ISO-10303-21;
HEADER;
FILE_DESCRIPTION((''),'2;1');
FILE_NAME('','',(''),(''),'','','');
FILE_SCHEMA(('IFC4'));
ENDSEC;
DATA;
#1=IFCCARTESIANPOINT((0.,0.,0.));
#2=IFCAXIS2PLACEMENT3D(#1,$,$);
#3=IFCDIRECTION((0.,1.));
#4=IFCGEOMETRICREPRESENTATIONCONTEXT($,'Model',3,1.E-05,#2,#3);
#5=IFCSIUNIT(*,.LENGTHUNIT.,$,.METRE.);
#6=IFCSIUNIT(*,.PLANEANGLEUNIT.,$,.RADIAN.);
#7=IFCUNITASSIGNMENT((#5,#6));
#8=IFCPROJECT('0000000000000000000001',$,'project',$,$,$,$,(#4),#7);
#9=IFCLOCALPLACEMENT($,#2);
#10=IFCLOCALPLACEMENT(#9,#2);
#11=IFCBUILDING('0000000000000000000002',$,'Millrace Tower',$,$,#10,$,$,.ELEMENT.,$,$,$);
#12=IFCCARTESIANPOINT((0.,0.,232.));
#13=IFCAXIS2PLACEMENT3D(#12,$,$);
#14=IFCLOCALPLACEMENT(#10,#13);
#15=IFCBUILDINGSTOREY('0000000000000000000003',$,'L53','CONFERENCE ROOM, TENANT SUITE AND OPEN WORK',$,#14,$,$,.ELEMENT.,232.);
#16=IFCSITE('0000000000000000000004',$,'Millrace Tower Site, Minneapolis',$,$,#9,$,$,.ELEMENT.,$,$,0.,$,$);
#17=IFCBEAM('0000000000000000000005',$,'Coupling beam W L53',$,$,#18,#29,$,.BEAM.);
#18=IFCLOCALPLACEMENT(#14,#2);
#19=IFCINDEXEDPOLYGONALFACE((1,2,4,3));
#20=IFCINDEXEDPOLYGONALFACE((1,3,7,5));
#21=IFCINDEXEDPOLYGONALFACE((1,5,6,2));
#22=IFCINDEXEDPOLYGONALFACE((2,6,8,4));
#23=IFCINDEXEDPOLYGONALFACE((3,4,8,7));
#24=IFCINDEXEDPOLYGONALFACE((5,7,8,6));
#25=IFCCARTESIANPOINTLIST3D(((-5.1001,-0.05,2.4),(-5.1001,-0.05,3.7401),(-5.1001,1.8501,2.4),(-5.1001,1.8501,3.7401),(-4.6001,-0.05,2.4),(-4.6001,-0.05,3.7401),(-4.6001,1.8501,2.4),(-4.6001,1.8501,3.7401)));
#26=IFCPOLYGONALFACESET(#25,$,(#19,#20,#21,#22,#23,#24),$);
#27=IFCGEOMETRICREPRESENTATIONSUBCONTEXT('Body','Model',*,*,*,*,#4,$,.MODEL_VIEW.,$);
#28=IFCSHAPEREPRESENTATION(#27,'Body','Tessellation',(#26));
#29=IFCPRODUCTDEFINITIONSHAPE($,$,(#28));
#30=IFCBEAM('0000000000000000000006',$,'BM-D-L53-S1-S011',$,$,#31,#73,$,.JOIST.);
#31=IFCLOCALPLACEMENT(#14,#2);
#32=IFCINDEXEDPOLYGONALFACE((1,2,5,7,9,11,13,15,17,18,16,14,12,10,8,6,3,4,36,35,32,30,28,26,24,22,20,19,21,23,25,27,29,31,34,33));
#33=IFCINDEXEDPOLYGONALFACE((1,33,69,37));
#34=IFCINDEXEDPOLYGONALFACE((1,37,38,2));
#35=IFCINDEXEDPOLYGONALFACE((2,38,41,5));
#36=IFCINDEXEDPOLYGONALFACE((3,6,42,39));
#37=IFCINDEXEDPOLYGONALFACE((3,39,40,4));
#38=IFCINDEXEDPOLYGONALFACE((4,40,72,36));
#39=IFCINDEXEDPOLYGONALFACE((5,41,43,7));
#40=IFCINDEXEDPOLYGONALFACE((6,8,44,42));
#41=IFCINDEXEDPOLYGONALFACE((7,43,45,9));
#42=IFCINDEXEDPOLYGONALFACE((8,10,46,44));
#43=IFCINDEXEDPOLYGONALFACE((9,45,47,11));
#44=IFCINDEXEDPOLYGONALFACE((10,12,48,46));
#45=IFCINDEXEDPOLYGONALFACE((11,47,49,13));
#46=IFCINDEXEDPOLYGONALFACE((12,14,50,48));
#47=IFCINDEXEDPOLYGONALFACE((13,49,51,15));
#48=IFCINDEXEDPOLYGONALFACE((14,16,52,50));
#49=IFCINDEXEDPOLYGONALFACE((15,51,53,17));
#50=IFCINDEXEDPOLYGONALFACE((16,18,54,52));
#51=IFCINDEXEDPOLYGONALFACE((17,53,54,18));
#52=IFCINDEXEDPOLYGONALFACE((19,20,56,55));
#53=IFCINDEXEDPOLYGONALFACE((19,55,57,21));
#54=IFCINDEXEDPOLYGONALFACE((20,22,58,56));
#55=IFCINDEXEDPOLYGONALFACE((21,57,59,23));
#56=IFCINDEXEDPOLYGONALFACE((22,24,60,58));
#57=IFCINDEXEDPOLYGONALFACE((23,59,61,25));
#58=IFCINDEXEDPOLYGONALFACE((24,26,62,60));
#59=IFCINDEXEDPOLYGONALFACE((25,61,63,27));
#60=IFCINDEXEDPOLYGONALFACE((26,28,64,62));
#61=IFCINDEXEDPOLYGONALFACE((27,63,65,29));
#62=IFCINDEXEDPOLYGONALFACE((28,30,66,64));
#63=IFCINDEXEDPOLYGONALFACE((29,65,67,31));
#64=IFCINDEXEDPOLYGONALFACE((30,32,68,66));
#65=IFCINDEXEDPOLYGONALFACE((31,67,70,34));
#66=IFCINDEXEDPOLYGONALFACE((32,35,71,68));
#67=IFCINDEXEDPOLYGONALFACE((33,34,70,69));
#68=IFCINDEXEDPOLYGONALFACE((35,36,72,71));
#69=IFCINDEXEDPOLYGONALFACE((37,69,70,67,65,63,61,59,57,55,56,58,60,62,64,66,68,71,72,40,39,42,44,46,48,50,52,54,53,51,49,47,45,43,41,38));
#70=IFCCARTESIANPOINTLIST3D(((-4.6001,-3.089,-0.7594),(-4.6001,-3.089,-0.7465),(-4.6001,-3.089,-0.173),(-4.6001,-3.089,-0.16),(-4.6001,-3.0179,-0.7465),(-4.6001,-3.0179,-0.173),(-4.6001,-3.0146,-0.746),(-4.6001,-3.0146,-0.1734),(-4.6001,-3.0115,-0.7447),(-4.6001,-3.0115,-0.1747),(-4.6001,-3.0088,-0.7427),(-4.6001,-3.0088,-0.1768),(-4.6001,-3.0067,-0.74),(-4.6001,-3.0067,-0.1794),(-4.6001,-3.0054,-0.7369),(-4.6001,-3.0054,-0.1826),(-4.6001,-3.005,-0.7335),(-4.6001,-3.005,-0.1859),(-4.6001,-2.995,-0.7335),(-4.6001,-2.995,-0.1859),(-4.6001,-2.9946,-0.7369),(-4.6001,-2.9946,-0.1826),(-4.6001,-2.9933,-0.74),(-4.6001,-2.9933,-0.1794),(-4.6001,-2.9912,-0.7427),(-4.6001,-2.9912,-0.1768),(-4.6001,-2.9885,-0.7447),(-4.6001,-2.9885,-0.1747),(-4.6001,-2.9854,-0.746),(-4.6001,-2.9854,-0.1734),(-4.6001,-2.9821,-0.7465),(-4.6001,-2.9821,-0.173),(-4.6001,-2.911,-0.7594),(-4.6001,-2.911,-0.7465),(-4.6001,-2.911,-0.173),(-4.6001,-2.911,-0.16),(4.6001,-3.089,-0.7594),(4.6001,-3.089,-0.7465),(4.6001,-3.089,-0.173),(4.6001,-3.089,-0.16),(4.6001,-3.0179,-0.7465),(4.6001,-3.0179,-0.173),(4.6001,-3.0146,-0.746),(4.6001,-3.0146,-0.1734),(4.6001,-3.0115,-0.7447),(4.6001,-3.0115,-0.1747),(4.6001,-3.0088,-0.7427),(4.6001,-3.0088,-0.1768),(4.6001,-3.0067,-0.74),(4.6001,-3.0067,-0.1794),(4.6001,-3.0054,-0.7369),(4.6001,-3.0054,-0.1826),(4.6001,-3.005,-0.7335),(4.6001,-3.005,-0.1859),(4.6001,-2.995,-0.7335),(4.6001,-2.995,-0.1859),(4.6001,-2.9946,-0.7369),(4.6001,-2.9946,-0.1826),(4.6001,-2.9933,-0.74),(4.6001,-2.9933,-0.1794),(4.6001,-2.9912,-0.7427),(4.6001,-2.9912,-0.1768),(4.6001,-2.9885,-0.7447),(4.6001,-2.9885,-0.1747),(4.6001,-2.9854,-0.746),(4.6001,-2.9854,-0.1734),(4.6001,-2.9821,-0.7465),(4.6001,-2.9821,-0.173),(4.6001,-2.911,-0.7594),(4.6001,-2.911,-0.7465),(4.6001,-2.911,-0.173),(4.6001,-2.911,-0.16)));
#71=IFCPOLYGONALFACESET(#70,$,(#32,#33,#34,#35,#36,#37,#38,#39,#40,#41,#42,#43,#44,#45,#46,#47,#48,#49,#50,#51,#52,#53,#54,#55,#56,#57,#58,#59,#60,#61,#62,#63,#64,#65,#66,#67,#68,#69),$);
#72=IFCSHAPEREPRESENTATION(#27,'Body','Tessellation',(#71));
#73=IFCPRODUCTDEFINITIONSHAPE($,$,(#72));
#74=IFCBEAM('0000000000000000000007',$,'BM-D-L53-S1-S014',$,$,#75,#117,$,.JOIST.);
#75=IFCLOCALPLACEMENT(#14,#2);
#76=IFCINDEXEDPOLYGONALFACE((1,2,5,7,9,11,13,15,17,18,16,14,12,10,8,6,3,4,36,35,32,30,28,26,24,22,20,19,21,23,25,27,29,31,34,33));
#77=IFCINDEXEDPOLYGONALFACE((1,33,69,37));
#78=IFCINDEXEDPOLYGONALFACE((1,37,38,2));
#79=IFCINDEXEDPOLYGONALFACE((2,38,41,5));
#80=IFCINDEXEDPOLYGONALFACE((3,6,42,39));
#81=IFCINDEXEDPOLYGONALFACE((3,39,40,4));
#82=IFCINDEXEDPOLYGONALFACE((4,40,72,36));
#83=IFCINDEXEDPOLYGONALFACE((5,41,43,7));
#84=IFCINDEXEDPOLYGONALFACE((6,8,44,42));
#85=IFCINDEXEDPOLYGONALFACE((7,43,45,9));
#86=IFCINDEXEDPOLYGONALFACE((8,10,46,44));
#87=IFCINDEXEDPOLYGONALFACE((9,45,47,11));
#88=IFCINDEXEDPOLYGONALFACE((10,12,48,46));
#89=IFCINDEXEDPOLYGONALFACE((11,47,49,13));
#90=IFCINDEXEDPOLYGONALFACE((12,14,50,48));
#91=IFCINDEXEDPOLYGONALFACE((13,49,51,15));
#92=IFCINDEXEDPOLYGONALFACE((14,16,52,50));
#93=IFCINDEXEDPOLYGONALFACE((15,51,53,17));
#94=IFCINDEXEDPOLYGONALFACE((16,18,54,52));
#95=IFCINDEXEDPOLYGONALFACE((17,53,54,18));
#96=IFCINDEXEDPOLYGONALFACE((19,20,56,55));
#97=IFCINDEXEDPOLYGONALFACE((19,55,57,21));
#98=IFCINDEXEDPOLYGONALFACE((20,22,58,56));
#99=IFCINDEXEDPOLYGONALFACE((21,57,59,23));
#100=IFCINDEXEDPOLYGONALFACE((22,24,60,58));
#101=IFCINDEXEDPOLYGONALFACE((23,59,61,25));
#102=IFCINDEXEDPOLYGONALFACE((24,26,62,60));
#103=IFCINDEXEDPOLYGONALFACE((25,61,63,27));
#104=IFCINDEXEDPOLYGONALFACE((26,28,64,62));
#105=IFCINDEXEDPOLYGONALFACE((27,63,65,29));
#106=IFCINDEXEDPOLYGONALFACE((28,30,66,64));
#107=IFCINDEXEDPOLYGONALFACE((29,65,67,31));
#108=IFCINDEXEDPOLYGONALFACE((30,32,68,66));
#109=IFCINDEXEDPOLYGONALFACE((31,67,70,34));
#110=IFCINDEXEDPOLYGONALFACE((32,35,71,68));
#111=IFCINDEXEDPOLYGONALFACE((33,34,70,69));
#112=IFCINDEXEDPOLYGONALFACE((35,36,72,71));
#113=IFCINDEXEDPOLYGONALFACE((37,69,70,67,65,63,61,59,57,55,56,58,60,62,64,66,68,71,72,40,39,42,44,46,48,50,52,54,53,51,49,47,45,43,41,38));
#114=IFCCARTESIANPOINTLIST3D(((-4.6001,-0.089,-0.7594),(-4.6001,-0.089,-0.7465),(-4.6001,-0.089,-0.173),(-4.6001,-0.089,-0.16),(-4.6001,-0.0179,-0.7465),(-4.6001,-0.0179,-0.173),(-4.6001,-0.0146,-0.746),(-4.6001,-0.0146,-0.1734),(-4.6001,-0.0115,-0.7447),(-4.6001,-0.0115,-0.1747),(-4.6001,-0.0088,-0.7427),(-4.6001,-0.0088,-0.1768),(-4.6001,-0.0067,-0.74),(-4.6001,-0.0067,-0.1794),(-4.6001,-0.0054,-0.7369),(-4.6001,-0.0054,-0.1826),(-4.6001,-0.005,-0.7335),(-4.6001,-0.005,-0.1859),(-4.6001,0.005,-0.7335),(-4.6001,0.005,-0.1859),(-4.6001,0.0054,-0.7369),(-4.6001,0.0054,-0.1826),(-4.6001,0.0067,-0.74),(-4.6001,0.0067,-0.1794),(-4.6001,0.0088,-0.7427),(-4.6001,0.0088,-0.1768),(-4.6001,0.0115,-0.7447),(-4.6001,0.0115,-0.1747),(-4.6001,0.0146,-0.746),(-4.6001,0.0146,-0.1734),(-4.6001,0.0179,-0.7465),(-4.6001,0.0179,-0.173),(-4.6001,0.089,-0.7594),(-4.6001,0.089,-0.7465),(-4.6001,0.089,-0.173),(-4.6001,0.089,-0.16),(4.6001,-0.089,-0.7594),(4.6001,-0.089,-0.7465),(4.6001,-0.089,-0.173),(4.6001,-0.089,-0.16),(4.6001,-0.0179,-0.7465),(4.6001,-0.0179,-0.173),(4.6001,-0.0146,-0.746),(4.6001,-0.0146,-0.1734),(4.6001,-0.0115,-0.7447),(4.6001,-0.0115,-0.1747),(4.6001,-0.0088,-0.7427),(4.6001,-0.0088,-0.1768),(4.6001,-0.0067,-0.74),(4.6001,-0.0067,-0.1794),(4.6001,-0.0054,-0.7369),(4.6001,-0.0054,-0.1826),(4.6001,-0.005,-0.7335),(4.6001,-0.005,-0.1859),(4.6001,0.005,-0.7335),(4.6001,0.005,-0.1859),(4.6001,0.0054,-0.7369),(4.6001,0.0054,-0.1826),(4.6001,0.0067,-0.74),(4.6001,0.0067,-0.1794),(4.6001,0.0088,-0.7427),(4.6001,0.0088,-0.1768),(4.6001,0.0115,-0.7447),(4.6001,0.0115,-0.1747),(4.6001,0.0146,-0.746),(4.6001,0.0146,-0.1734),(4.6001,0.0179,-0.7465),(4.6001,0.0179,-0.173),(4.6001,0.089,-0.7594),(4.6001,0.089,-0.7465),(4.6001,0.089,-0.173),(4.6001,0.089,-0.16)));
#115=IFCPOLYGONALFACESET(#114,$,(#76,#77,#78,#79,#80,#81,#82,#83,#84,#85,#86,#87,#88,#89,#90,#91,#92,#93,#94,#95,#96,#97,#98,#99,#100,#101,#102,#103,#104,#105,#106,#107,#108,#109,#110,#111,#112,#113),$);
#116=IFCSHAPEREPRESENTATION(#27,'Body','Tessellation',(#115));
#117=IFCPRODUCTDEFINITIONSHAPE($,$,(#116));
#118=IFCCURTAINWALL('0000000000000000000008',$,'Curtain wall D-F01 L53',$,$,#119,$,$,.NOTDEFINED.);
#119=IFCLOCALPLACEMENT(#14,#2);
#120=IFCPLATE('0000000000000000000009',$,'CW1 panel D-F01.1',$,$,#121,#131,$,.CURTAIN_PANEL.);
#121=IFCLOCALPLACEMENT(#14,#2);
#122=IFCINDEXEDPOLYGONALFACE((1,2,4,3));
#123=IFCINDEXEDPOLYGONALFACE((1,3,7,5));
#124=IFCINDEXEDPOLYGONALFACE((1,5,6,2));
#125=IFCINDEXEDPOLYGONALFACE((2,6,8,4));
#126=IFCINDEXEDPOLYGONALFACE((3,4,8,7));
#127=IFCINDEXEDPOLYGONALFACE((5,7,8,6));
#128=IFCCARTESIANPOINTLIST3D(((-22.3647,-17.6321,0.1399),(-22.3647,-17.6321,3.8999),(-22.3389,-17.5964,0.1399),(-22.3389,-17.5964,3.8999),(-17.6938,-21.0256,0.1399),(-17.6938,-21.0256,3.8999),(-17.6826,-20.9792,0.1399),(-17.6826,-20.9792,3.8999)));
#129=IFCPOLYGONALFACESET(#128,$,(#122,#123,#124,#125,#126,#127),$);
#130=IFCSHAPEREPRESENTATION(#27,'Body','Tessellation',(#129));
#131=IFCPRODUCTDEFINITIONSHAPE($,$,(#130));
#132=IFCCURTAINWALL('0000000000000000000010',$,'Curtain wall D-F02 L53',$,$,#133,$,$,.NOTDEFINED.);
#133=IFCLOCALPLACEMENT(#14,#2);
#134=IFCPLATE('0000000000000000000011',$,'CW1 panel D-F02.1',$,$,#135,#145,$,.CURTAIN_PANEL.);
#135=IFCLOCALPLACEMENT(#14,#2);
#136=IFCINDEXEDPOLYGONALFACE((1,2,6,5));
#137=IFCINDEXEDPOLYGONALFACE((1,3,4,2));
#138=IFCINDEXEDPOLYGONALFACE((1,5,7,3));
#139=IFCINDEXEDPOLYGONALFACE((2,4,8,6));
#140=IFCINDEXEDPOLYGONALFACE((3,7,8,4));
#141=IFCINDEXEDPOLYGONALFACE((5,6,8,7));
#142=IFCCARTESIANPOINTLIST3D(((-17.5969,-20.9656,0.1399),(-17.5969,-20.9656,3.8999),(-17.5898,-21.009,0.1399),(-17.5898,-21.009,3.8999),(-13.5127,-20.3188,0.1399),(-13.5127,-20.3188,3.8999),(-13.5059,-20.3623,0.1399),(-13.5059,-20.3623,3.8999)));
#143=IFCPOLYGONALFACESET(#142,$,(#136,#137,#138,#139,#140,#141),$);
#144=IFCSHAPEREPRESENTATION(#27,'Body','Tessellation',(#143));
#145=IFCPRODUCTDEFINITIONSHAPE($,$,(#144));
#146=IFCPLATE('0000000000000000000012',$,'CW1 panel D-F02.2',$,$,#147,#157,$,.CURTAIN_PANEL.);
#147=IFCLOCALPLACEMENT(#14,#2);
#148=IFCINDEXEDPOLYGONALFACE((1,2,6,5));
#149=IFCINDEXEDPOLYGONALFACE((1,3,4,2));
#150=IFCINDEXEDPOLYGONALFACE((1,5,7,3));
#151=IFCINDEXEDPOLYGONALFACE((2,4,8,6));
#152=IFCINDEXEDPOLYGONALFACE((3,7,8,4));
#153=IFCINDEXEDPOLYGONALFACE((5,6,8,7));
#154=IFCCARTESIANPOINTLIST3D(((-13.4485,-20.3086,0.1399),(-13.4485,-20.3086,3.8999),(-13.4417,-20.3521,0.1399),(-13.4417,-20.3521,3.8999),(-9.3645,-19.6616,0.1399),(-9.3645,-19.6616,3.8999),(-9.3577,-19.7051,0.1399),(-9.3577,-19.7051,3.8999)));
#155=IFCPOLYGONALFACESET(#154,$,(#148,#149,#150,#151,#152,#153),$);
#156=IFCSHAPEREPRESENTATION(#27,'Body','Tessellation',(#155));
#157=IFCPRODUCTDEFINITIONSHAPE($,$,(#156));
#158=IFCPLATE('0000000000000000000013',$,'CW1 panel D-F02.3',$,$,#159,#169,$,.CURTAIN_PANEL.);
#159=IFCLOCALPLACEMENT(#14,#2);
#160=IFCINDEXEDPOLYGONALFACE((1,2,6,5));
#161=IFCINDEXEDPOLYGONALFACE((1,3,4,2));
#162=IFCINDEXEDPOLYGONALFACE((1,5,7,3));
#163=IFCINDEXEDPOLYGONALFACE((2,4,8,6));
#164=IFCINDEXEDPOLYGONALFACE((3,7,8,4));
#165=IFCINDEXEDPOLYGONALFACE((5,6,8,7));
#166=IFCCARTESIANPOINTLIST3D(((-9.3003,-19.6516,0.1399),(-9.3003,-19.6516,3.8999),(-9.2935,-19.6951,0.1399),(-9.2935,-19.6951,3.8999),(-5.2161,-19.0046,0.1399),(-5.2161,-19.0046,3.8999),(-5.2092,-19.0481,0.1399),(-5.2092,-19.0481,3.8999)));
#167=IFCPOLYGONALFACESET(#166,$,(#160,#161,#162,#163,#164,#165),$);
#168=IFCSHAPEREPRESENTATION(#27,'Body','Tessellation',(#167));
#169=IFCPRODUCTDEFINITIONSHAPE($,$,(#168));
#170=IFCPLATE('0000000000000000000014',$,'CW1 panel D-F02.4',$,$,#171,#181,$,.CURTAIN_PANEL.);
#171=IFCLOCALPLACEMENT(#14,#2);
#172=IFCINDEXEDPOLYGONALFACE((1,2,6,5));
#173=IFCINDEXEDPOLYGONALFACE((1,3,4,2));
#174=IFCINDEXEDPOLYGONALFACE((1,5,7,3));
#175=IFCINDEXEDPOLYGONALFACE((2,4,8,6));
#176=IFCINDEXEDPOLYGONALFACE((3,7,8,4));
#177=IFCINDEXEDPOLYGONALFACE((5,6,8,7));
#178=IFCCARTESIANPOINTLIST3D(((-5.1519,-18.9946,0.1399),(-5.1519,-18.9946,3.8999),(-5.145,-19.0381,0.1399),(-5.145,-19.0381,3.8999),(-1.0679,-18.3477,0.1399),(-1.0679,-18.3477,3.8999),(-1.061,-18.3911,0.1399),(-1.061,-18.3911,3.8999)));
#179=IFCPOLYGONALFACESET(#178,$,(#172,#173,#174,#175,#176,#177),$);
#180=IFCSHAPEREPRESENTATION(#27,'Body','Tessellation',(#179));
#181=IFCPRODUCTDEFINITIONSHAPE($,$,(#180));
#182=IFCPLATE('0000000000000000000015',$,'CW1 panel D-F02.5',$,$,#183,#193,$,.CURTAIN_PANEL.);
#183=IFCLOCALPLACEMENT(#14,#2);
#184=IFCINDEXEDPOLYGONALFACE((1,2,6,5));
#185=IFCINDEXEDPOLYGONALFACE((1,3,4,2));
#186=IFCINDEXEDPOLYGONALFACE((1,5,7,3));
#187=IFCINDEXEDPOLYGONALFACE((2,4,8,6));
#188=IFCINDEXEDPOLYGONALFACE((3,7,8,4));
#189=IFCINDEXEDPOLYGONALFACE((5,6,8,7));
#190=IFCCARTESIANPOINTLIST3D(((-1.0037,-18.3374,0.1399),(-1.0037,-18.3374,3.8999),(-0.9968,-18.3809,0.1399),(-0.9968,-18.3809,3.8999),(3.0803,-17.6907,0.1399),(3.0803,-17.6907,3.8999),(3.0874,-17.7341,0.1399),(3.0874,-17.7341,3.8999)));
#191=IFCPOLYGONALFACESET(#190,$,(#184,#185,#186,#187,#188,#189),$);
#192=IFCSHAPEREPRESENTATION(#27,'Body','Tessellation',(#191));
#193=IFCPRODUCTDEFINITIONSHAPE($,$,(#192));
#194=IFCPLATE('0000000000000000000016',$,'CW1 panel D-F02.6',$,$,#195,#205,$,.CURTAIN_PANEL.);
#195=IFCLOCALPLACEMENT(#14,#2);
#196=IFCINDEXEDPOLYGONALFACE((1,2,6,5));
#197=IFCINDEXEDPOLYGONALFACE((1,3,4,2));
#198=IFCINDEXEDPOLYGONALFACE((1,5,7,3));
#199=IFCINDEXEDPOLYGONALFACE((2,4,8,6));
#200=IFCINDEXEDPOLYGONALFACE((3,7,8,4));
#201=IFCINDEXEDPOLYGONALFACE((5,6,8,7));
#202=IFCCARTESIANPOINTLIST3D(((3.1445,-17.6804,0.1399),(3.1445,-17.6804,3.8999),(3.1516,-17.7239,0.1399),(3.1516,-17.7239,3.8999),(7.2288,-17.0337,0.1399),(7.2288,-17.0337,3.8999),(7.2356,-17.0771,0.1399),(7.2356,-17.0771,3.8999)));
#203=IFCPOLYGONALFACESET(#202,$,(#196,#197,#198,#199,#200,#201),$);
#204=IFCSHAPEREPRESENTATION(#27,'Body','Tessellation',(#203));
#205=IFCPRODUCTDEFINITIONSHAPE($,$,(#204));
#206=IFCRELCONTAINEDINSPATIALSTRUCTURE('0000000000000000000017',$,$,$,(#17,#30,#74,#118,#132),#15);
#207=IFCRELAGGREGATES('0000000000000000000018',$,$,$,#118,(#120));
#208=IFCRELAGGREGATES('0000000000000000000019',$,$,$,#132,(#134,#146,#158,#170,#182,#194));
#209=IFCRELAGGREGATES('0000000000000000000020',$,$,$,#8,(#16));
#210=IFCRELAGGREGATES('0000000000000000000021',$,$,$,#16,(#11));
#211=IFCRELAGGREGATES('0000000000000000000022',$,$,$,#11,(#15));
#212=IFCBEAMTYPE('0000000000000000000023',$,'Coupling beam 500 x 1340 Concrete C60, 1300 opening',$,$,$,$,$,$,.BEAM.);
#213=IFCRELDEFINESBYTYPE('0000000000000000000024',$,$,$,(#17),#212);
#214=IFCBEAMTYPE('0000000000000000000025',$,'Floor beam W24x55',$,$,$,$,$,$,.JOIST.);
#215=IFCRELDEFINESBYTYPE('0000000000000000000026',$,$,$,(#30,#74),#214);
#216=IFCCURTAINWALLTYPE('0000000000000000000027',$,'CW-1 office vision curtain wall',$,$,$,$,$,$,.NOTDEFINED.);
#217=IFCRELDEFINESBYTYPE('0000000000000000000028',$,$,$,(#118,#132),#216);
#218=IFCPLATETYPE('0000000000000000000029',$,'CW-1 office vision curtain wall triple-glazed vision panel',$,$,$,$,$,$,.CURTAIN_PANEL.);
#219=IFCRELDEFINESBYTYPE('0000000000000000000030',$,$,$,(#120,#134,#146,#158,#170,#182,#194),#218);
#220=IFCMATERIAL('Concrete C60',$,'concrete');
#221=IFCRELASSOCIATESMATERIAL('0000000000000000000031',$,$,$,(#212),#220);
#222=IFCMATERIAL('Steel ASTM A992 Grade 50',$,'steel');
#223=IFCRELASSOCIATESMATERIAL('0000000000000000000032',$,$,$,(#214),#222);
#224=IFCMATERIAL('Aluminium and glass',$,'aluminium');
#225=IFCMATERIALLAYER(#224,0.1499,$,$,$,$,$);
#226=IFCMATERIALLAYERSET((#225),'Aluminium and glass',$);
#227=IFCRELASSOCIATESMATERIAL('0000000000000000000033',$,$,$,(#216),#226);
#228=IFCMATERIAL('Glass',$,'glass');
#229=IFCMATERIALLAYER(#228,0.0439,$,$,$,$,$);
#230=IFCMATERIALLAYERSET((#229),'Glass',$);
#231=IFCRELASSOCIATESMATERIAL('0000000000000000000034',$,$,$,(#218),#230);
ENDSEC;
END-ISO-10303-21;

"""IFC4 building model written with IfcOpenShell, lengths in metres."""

from ifc_helpers import new_model, si_unit, direction, frame, origin, origin_2d, place, context, subcontext, project, spatial, polyline, rectangle, i_section, outline, extrude, material, layer, layer_set, material_profile, profile_set, type_object, element, aggregate, save


model = new_model("IFC4")

# Units and contexts
model_context = context("Model", 3, precision=1e-05, world=origin(), true_north=direction((0.0, 1.0)))
body_context = subcontext(model_context, "Body", "Model", "MODEL_VIEW")
ifc_project = project(units=[si_unit("LENGTHUNIT", "METRE"), si_unit("PLANEANGLEUNIT", "RADIAN")], contexts=[model_context])

# Site, building, storey
site_placement = place(None, origin())
site = spatial("IfcSite", under=ifc_project, at=site_placement, Name="Millrace Tower Site, Minneapolis", CompositionType="ELEMENT", RefElevation=0.0)
building_placement = place(site_placement, origin())
building = spatial("IfcBuilding", under=site, at=building_placement, Name="Millrace Tower", CompositionType="ELEMENT")
storey_placement = place(building_placement, frame((0.0, 0.0, 232.0)))
storey = spatial("IfcBuildingStorey", under=building, at=storey_placement, Name="L53", Description="CONFERENCE ROOM, TENANT SUITE AND OPEN WORK", CompositionType="ELEMENT", Elevation=232.0)

# Beams
ifc_material_1 = material(Name="Concrete C60", Category="concrete")
ifc_material_profile_1 = material_profile(ifc_material_1, rectangle(XDim=0.5, YDim=1.3401, at=origin_2d()))
ifc_profile_set_1 = profile_set([ifc_material_profile_1], Name="Concrete C60")
beam_type_1 = type_object("IfcBeamType", Name="Coupling beam 500 x 1340 Concrete C60, 1300 opening", PredefinedType="BEAM", material=ifc_profile_set_1)
beam_placement = place(storey_placement, frame((-4.8501, -0.05, 3.0701), z_axis=(0.0, 1.0, 0.0), x_axis=(-1.0, 0.0, 0.0)))
element("IfcBeam", 1, at=beam_placement, inside=storey, type_object=beam_type_1, Name="Coupling beam W L53", PredefinedType="BEAM", context=body_context, shape_type="SweptSolid", body=[
    extrude(rectangle(XDim=0.5, YDim=1.3401, at=origin_2d()), origin(), (0.0, 0.0, 1.0), 1.9001),
])
ifc_material_2 = material(Name="Steel ASTM A992 Grade 50", Category="steel")
ifc_material_profile_2 = material_profile(ifc_material_2, i_section(OverallWidth=0.178, OverallDepth=0.5994, WebThickness=0.01, FlangeThickness=0.0129, FilletRadius=0.0129, at=origin_2d()))
ifc_profile_set_2 = profile_set([ifc_material_profile_2], Name="Steel ASTM A992 Grade 50")
beam_type_2 = type_object("IfcBeamType", Name="Floor beam W24x55", PredefinedType="JOIST", material=ifc_profile_set_2)
for number, where, z_axis, x_axis, name in (
    (2, (-4.6001, -3.0, -0.4597), (1.0, 0.0, 0.0), (0.0, 1.0, 0.0), "BM-D-L53-S1-S011"),
    (3, (-4.6001, 0.0, -0.4597), (1.0, 0.0, 0.0), (0.0, 1.0, 0.0), "BM-D-L53-S1-S014"),
):
    element("IfcBeam", number, at=place(storey_placement, frame(where, z_axis=z_axis, x_axis=x_axis)), inside=storey, type_object=beam_type_2, Name=name, PredefinedType="JOIST", context=body_context, shape_type="SweptSolid", body=[
        extrude(i_section(OverallWidth=0.178, OverallDepth=0.5994, WebThickness=0.01, FlangeThickness=0.0129, FilletRadius=0.0129, at=origin_2d()), origin(), (0.0, 0.0, 1.0), 9.2002),
    ])

# Curtain wall, plate
ifc_material_3 = material(Name="Aluminium and glass", Category="aluminium")
ifc_layer_1 = layer(ifc_material_3, 0.1499)
ifc_layer_set_1 = layer_set([ifc_layer_1], Name="Aluminium and glass")
curtain_wall_type = type_object("IfcCurtainWallType", Name="CW-1 office vision curtain wall", PredefinedType="NOTDEFINED", material=ifc_layer_set_1)
placement_1 = place(storey_placement, origin())
curtain_wall_1 = element("IfcCurtainWall", 4, at=placement_1, inside=storey, type_object=curtain_wall_type, Name="Curtain wall D-F01 L53", PredefinedType="NOTDEFINED")
ifc_material_4 = material(Name="Glass", Category="glass")
ifc_layer_2 = layer(ifc_material_4, 0.0439)
ifc_layer_set_2 = layer_set([ifc_layer_2], Name="Glass")
plate_type = type_object("IfcPlateType", Name="CW-1 office vision curtain wall triple-glazed vision panel", PredefinedType="CURTAIN_PANEL", material=ifc_layer_set_2)
placement_2 = place(storey_placement, frame((0.0, 0.0, 0.1399)))
plate_1 = element("IfcPlate", 5, at=placement_2, type_object=plate_type, Name="CW1 panel D-F01.1", PredefinedType="CURTAIN_PANEL", context=body_context, shape_type="SweptSolid", body=[
    extrude(outline(polyline([(-22.3647, -17.6321), (-17.6938, -21.0256), (-17.6826, -20.9792), (-22.3389, -17.5964), (-22.3647, -17.6321)])), origin(), (0.0, 0.0, 1.0), 3.76),
])
aggregate(curtain_wall_1, [plate_1])

# Curtain wall, plates
curtain_wall_2 = element("IfcCurtainWall", 6, at=placement_1, inside=storey, type_object=curtain_wall_type, Name="Curtain wall D-F02 L53", PredefinedType="NOTDEFINED")
plate_2 = element("IfcPlate", 7, at=placement_2, type_object=plate_type, Name="CW1 panel D-F02.1", PredefinedType="CURTAIN_PANEL", context=body_context, shape_type="SweptSolid", body=[
    extrude(outline(polyline([(-17.5898, -21.009), (-13.5059, -20.3623), (-13.5127, -20.3188), (-17.5969, -20.9656), (-17.5898, -21.009)])), origin(), (0.0, 0.0, 1.0), 3.76),
])
plate_3 = element("IfcPlate", 8, at=placement_2, type_object=plate_type, Name="CW1 panel D-F02.2", PredefinedType="CURTAIN_PANEL", context=body_context, shape_type="SweptSolid", body=[
    extrude(outline(polyline([(-13.4417, -20.3521), (-9.3577, -19.7051), (-9.3645, -19.6616), (-13.4485, -20.3086), (-13.4417, -20.3521)])), origin(), (0.0, 0.0, 1.0), 3.76),
])
plate_4 = element("IfcPlate", 9, at=placement_2, type_object=plate_type, Name="CW1 panel D-F02.3", PredefinedType="CURTAIN_PANEL", context=body_context, shape_type="SweptSolid", body=[
    extrude(outline(polyline([(-9.2935, -19.6951), (-5.2092, -19.0481), (-5.2161, -19.0046), (-9.3003, -19.6516), (-9.2935, -19.6951)])), origin(), (0.0, 0.0, 1.0), 3.76),
])
plate_5 = element("IfcPlate", 10, at=placement_2, type_object=plate_type, Name="CW1 panel D-F02.4", PredefinedType="CURTAIN_PANEL", context=body_context, shape_type="SweptSolid", body=[
    extrude(outline(polyline([(-5.145, -19.0381), (-1.061, -18.3911), (-1.0679, -18.3477), (-5.1519, -18.9946), (-5.145, -19.0381)])), origin(), (0.0, 0.0, 1.0), 3.76),
])
plate_6 = element("IfcPlate", 11, at=placement_2, type_object=plate_type, Name="CW1 panel D-F02.5", PredefinedType="CURTAIN_PANEL", context=body_context, shape_type="SweptSolid", body=[
    extrude(outline(polyline([(-0.9968, -18.3809), (3.0874, -17.7341), (3.0803, -17.6907), (-1.0037, -18.3374), (-0.9968, -18.3809)])), origin(), (0.0, 0.0, 1.0), 3.76),
])
plate_7 = element("IfcPlate", 12, at=placement_2, type_object=plate_type, Name="CW1 panel D-F02.6", PredefinedType="CURTAIN_PANEL", context=body_context, shape_type="SweptSolid", body=[
    extrude(outline(polyline([(3.1516, -17.7239), (7.2356, -17.0771), (7.2288, -17.0337), (3.1445, -17.6804), (3.1516, -17.7239)])), origin(), (0.0, 0.0, 1.0), 3.76),
])
aggregate(curtain_wall_2, [plate_2, plate_3, plate_4, plate_5, plate_6, plate_7])

save(model, "model.ifc")
